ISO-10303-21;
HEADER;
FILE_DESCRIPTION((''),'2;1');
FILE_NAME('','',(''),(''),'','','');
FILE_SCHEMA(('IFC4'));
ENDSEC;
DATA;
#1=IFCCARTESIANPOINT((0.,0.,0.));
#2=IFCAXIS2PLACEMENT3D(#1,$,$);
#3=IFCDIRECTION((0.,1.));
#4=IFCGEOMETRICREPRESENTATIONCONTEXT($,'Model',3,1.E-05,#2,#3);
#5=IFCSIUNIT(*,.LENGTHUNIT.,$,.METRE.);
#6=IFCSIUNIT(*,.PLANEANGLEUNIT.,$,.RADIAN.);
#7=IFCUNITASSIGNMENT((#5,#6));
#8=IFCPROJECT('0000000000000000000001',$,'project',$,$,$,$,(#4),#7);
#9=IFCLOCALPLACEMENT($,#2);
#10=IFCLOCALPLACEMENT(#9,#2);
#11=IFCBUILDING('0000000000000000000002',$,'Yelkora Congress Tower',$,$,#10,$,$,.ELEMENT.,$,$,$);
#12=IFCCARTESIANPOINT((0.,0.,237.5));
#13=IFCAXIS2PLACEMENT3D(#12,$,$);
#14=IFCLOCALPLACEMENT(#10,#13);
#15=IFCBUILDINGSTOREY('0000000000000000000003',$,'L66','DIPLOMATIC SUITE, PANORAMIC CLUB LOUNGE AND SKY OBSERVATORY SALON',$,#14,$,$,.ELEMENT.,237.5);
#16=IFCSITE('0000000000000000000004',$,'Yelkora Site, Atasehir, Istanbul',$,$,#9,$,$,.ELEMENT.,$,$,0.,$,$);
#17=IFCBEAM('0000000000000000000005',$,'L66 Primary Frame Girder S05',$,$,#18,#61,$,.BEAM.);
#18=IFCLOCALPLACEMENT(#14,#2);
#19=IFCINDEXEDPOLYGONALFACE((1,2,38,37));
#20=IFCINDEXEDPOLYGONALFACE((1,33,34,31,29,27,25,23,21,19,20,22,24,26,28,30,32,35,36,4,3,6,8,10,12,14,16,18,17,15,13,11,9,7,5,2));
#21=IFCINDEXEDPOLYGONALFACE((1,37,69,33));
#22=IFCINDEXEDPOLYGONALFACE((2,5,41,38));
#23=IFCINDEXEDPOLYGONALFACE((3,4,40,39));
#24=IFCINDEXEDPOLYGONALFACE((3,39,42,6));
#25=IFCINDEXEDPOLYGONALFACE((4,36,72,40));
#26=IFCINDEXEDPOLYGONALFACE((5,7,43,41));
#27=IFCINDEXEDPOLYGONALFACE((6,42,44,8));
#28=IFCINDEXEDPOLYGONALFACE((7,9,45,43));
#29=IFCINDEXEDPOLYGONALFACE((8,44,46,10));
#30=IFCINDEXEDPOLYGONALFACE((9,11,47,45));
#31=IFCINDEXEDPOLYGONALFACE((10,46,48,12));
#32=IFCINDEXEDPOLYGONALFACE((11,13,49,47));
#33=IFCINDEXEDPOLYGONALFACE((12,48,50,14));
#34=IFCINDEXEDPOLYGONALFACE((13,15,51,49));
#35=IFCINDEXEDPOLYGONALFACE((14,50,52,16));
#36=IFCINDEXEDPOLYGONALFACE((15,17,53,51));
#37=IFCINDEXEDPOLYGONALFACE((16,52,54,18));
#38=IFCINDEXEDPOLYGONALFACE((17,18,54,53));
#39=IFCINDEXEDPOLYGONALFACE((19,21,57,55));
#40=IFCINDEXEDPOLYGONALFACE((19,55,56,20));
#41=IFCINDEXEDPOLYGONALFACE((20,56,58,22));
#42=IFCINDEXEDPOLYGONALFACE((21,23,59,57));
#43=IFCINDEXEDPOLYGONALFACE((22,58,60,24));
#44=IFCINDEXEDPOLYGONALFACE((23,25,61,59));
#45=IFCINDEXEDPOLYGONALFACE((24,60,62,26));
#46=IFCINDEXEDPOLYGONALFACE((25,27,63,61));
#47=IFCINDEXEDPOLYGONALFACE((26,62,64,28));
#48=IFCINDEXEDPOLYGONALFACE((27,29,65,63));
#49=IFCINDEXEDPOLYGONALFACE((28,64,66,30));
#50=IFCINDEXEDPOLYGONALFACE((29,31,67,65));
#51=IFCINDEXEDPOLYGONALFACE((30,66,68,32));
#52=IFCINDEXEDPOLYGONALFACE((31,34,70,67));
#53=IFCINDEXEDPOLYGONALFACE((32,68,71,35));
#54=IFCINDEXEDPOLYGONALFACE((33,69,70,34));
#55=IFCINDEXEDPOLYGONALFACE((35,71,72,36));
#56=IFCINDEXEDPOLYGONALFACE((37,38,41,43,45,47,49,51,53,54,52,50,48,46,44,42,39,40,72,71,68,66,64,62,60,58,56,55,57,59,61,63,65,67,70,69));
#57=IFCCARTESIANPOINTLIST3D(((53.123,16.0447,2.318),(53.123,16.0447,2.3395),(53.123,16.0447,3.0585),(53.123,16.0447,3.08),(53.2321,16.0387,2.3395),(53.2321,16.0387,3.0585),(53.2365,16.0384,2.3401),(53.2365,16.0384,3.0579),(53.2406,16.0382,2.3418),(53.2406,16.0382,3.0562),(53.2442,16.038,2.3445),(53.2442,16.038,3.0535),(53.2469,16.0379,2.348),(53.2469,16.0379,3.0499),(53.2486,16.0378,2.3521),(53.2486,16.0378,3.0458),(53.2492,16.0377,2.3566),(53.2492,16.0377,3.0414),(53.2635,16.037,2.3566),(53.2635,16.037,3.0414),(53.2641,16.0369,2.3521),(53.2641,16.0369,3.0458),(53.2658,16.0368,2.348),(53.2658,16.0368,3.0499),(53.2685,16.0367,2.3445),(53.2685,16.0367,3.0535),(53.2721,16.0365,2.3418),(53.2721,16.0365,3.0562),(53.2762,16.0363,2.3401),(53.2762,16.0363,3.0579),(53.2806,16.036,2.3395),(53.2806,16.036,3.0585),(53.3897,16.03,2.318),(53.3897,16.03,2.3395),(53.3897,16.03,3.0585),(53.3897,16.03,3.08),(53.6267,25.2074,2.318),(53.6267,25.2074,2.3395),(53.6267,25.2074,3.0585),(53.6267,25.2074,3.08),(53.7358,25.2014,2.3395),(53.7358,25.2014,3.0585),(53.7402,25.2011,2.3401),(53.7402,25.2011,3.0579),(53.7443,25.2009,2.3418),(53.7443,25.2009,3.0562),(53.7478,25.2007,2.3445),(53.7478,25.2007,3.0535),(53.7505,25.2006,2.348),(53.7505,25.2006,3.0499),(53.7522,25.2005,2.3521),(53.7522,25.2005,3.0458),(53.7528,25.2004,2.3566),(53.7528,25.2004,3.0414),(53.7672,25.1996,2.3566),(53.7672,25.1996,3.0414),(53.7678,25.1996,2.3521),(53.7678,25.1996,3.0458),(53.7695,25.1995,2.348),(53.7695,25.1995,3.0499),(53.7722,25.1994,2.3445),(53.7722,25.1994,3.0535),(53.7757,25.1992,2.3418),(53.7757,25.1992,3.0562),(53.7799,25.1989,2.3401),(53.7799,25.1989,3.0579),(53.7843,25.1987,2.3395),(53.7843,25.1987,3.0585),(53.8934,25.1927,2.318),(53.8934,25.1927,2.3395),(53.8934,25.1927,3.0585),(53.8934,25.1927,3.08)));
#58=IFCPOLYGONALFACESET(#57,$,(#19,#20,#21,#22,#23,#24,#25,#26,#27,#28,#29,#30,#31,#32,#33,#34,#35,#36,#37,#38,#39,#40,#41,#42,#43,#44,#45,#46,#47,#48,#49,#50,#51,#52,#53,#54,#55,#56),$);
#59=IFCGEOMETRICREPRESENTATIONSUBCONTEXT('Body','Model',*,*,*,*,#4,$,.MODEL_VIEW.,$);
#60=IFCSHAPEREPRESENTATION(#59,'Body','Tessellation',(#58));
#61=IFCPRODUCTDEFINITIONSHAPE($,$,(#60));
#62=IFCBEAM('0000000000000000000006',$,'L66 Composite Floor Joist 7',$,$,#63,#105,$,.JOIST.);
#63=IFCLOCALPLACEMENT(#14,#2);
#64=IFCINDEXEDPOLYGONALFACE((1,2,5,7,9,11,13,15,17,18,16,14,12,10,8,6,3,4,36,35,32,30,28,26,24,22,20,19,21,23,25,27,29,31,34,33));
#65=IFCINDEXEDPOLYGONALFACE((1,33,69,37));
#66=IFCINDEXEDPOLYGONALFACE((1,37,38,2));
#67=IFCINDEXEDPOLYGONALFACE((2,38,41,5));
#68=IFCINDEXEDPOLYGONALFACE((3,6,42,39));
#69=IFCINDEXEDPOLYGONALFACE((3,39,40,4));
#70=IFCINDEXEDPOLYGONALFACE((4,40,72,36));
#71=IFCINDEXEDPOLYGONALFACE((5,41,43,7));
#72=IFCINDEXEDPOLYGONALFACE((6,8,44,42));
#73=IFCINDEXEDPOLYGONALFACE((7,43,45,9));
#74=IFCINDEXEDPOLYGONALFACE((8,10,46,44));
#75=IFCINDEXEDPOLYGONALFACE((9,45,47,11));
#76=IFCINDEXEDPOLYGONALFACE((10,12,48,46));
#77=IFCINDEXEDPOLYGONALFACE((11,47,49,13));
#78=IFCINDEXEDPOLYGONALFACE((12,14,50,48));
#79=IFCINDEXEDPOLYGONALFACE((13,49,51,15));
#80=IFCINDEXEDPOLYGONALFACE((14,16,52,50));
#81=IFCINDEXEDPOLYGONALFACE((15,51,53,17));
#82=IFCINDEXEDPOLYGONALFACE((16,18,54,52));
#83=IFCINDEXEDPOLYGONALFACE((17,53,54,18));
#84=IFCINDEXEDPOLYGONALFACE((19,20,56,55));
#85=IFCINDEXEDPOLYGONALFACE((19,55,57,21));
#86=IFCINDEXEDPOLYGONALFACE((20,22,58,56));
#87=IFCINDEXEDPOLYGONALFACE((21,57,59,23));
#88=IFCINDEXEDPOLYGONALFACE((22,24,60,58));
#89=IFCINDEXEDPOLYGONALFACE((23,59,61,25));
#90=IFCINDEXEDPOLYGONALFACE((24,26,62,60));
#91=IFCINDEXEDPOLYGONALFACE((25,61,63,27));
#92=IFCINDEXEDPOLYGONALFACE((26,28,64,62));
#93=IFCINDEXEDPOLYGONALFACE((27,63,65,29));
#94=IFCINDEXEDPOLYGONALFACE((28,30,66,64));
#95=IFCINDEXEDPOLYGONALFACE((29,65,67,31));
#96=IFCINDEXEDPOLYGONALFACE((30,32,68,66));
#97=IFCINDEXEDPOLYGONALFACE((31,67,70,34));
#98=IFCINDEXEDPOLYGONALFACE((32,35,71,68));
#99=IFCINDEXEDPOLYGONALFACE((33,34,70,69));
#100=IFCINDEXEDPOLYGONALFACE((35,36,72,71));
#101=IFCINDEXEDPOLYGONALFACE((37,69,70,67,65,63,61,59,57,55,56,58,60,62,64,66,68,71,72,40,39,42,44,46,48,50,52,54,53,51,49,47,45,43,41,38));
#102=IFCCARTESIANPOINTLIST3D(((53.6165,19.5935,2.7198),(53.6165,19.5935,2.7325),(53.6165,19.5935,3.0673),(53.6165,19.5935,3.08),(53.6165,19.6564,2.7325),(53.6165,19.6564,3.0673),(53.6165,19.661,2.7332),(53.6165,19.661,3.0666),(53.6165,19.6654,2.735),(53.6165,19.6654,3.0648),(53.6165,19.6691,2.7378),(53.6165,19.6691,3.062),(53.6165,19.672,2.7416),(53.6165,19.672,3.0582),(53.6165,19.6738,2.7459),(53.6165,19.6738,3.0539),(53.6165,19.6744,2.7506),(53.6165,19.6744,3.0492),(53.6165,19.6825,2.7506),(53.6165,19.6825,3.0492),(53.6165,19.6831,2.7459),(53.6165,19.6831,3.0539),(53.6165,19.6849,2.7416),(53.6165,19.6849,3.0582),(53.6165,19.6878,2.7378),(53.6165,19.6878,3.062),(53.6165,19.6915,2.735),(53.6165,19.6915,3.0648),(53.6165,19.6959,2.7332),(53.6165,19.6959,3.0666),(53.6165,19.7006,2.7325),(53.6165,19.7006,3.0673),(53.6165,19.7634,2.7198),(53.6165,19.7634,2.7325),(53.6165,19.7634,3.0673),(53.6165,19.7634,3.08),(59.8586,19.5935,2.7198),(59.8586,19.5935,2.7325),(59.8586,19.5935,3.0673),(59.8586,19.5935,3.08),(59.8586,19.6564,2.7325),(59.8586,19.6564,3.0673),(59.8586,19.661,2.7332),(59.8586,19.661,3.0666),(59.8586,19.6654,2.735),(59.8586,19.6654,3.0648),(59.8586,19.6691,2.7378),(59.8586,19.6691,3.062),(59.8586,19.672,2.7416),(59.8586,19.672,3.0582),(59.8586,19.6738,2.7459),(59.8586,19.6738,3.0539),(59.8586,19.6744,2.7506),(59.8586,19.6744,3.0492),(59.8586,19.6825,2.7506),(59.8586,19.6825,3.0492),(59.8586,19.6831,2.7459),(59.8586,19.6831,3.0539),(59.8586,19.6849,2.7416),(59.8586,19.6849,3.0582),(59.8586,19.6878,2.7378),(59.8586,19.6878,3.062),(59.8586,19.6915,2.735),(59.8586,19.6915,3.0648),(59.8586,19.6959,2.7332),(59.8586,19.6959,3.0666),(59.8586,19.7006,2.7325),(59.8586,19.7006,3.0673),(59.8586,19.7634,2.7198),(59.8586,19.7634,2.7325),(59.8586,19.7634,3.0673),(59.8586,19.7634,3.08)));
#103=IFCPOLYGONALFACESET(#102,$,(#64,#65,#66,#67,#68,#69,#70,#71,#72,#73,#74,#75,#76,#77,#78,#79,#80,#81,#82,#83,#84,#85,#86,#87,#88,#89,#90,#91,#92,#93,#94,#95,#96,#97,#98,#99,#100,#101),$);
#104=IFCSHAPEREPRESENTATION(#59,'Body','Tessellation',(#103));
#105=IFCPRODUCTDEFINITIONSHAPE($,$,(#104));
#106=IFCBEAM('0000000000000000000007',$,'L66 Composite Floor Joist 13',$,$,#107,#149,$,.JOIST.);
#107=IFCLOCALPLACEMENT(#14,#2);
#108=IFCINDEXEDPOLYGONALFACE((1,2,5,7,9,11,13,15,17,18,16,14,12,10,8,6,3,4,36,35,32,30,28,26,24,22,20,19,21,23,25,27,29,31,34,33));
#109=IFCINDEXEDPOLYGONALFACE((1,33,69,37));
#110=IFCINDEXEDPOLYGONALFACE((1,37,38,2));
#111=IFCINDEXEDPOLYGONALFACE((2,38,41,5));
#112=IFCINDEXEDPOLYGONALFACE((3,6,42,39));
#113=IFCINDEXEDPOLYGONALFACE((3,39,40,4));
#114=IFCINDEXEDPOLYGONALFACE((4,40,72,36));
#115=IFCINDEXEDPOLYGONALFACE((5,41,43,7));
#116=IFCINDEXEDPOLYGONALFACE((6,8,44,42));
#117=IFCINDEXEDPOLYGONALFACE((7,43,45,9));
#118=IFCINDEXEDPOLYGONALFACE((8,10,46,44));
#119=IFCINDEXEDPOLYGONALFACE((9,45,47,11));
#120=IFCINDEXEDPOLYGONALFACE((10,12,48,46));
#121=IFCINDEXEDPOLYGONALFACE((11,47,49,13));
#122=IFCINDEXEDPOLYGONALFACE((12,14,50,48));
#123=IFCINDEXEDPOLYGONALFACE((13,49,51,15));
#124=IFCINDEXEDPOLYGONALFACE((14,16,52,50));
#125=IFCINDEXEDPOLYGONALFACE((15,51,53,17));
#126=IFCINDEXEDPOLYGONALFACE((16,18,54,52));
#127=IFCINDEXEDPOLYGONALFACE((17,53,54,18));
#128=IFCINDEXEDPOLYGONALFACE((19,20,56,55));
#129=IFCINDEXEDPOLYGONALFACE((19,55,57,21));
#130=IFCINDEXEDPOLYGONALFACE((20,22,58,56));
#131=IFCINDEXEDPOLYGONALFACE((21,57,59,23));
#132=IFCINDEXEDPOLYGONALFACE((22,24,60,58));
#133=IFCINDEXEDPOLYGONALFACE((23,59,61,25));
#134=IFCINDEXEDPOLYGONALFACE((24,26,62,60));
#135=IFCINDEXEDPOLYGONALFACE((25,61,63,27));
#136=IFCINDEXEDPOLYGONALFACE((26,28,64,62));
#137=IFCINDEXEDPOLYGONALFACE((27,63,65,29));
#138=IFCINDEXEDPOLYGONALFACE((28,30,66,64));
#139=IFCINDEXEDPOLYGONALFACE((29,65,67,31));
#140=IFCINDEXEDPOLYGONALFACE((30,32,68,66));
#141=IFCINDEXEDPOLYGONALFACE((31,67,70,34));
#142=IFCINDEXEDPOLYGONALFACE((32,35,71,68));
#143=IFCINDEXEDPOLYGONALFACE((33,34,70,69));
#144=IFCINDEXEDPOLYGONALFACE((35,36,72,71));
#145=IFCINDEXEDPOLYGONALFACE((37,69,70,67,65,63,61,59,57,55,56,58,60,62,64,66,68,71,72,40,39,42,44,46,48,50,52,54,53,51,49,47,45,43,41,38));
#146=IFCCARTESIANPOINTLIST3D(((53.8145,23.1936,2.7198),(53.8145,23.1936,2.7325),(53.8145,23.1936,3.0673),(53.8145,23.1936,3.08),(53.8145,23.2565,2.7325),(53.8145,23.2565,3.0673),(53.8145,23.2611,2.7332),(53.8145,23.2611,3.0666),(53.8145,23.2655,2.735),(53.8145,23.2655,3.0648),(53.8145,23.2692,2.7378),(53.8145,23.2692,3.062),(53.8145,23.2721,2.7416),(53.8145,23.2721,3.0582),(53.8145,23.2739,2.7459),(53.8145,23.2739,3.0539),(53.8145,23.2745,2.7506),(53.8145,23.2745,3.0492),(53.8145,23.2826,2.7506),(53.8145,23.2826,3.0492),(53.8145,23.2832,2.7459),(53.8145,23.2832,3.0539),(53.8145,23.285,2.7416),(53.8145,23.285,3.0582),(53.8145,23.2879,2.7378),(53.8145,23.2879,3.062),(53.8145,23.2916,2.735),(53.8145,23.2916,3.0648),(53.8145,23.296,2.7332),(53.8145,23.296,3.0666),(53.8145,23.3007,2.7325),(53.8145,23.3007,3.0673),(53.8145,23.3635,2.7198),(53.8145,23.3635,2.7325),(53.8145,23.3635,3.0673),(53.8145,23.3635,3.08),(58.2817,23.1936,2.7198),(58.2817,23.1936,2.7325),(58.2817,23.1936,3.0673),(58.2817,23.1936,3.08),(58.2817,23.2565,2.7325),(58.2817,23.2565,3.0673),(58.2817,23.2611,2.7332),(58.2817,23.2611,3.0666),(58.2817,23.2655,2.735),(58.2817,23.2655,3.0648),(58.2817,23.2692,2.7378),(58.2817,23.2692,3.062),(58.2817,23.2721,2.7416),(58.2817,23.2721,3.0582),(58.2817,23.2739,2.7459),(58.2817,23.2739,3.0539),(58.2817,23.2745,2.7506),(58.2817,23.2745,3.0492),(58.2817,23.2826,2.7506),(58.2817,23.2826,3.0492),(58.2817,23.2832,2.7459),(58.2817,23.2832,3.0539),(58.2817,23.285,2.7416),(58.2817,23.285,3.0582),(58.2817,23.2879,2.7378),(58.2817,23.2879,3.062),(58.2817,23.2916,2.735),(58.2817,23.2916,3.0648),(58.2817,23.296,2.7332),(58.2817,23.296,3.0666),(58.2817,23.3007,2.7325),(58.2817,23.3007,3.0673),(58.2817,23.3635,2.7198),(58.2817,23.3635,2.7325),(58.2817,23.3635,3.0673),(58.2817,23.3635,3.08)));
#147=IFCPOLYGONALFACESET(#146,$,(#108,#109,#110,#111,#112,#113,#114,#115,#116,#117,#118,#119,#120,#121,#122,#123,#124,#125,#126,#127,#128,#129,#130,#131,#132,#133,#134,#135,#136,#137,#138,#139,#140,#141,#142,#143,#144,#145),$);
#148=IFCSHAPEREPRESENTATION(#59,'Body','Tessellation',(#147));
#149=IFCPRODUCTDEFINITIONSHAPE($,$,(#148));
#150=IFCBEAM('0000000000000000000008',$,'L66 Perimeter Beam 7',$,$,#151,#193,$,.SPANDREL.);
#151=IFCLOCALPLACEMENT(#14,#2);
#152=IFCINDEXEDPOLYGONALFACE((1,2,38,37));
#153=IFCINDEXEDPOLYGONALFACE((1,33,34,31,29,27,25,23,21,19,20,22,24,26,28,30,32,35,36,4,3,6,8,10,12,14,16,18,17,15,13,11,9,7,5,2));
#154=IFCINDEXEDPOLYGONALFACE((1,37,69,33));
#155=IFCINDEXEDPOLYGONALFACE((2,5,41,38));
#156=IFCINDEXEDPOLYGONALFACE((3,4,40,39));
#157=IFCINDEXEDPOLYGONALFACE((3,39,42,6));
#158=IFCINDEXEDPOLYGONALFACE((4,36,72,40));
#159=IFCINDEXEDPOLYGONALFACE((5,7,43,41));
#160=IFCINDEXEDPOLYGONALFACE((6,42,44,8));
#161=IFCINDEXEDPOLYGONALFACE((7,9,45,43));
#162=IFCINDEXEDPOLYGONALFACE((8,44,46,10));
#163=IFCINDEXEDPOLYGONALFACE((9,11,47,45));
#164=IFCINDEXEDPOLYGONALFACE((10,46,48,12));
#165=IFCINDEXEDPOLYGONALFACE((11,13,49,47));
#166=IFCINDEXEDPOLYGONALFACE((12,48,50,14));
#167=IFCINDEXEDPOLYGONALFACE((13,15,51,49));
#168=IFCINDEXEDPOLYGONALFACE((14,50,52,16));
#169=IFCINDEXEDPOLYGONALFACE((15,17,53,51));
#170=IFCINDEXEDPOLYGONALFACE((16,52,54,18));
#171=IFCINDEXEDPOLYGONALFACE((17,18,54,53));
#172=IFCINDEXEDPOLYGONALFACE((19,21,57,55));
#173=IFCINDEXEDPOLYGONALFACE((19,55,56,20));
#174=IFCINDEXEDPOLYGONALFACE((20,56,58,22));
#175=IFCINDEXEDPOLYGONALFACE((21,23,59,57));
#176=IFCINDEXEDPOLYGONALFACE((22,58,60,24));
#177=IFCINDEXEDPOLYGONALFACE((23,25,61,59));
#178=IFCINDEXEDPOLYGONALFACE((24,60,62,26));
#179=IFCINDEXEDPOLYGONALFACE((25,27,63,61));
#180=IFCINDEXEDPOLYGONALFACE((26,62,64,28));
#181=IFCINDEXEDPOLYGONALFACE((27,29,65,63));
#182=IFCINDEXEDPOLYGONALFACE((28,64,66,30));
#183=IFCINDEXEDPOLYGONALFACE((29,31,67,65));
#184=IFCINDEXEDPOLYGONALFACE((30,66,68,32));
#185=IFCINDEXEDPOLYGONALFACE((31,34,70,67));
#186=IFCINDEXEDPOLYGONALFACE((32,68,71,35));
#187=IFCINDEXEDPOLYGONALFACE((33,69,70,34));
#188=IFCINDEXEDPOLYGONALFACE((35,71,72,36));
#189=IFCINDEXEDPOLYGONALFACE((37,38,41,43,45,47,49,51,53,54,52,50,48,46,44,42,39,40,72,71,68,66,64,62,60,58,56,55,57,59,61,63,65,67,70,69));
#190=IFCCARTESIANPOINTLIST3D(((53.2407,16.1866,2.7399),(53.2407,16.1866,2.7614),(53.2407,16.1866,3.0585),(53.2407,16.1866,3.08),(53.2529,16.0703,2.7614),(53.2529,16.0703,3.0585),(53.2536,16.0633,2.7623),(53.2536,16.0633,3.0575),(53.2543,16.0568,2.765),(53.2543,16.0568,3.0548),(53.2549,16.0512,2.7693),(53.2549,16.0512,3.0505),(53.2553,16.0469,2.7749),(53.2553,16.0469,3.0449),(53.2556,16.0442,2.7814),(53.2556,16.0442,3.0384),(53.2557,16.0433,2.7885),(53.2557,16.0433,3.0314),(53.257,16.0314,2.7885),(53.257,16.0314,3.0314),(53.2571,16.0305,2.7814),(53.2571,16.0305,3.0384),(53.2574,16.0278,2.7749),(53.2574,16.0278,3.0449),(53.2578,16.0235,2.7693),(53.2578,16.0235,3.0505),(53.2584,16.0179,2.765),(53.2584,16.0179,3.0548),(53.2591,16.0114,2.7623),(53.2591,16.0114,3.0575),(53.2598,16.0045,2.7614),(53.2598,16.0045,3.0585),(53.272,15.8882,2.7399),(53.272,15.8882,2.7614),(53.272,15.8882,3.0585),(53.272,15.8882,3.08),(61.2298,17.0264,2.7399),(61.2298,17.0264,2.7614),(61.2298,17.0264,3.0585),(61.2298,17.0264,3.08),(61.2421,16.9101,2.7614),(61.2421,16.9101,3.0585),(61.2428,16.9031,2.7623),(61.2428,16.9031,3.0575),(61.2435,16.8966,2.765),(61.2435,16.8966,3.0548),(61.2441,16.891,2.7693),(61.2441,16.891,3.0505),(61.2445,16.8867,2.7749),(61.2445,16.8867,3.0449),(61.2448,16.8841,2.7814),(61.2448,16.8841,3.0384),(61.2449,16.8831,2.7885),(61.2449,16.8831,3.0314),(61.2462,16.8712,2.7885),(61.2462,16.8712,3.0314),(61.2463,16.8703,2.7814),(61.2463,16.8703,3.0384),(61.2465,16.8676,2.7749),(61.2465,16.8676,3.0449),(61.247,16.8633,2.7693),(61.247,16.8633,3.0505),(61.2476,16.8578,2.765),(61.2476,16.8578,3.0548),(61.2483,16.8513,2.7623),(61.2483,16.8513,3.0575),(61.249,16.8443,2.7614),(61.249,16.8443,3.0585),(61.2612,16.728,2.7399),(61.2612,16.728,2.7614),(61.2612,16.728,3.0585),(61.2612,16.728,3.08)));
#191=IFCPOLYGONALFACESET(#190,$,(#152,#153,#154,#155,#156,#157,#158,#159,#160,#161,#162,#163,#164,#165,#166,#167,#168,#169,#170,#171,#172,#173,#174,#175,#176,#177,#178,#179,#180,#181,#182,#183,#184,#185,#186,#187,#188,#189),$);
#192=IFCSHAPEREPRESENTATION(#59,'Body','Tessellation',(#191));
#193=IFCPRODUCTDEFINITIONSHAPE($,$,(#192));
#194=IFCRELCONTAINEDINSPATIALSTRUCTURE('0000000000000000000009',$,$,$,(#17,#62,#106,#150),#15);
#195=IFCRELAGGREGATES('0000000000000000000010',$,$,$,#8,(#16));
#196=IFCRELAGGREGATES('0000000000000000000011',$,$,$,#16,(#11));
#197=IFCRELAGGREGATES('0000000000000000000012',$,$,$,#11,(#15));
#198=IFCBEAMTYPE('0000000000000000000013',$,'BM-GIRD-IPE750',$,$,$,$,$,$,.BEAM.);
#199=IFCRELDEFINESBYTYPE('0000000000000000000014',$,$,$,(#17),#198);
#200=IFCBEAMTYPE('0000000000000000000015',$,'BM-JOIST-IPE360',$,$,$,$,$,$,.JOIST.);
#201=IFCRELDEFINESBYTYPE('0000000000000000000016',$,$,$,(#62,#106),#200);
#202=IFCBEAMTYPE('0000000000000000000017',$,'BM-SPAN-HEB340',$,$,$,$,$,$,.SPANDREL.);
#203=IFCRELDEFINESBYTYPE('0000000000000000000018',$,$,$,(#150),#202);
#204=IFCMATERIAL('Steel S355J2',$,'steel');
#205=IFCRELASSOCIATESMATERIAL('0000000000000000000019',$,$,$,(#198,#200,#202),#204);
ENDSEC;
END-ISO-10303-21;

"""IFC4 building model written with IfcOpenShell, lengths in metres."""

from ifc_helpers import new_model, si_unit, direction, frame, origin, origin_2d, place, context, subcontext, project, spatial, i_section, extrude, material, material_profile, profile_set, type_object, element, save


model = new_model("IFC4")

# Units and contexts
model_context = context("Model", 3, precision=1e-05, world=origin(), true_north=direction((0.0, 1.0)))
body_context = subcontext(model_context, "Body", "Model", "MODEL_VIEW")
ifc_project = project(units=[si_unit("LENGTHUNIT", "METRE"), si_unit("PLANEANGLEUNIT", "RADIAN")], contexts=[model_context])

# Site, building, storey
site_placement = place(None, origin())
site = spatial("IfcSite", under=ifc_project, at=site_placement, Name="Yelkora Site, Atasehir, Istanbul", CompositionType="ELEMENT", RefElevation=0.0)
building_placement = place(site_placement, origin())
building = spatial("IfcBuilding", under=site, at=building_placement, Name="Yelkora Congress Tower", CompositionType="ELEMENT")
storey_placement = place(building_placement, frame((0.0, 0.0, 237.5)))
storey = spatial("IfcBuildingStorey", under=building, at=storey_placement, Name="L66", Description="DIPLOMATIC SUITE, PANORAMIC CLUB LOUNGE AND SKY OBSERVATORY SALON", CompositionType="ELEMENT", Elevation=237.5)

# Shared definitions
ifc_material_1 = material(Name="Steel S355J2", Category="steel")

# Beams
ifc_material_profile_1 = material_profile(ifc_material_1, i_section(OverallWidth=0.2671, OverallDepth=0.762, WebThickness=0.0144, FlangeThickness=0.0215, FilletRadius=0.0171, at=origin_2d()), Name="IPE 750x173")
ifc_profile_set_1 = profile_set([ifc_material_profile_1], Name="Steel S355J2")
beam_type_1 = type_object("IfcBeamType", Name="BM-GIRD-IPE750", PredefinedType="BEAM", material=ifc_profile_set_1)
beam_1_placement = place(storey_placement, frame((53.2563, 16.0374, 2.699), z_axis=(0.054886, 0.998493, 0.0), x_axis=(-0.998493, 0.054886, 0.0)))
element("IfcBeam", 1, at=beam_1_placement, inside=storey, type_object=beam_type_1, Name="L66 Primary Frame Girder S05", PredefinedType="BEAM", context=body_context, shape_type="SweptSolid", body=[
    extrude(i_section(OverallWidth=0.2671, OverallDepth=0.762, WebThickness=0.0144, FlangeThickness=0.0215, FilletRadius=0.0171, at=origin_2d()), origin(), (0.0, 0.0, 1.0), 9.1765),
])
ifc_material_profile_2 = material_profile(ifc_material_1, i_section(OverallWidth=0.1699, OverallDepth=0.3601, WebThickness=0.0081, FlangeThickness=0.0127, FilletRadius=0.0181, at=origin_2d()), Name="IPE 360")
ifc_profile_set_2 = profile_set([ifc_material_profile_2], Name="Steel S355J2")
beam_type_2 = type_object("IfcBeamType", Name="BM-JOIST-IPE360", PredefinedType="JOIST", material=ifc_profile_set_2)
beam_2_placement = place(storey_placement, frame((53.6165, 19.6785, 2.8999), z_axis=(1.0, 0.0, 0.0), x_axis=(0.0, 1.0, 0.0)))
element("IfcBeam", 2, at=beam_2_placement, inside=storey, type_object=beam_type_2, Name="L66 Composite Floor Joist 7", PredefinedType="JOIST", context=body_context, shape_type="SweptSolid", body=[
    extrude(i_section(OverallWidth=0.1699, OverallDepth=0.3601, WebThickness=0.0081, FlangeThickness=0.0127, FilletRadius=0.0181, at=origin_2d()), origin(), (0.0, 0.0, 1.0), 6.2422),
])
beam_3_placement = place(storey_placement, frame((53.8145, 23.2786, 2.8999), z_axis=(1.0, 0.0, 0.0), x_axis=(0.0, 1.0, 0.0)))
element("IfcBeam", 3, at=beam_3_placement, inside=storey, type_object=beam_type_2, Name="L66 Composite Floor Joist 13", PredefinedType="JOIST", context=body_context, shape_type="SweptSolid", body=[
    extrude(i_section(OverallWidth=0.1699, OverallDepth=0.3601, WebThickness=0.0081, FlangeThickness=0.0127, FilletRadius=0.0181, at=origin_2d()), origin(), (0.0, 0.0, 1.0), 4.4673),
])
ifc_material_profile_3 = material_profile(ifc_material_1, i_section(OverallWidth=0.3, OverallDepth=0.3401, WebThickness=0.012, FlangeThickness=0.0215, FilletRadius=0.0271, at=origin_2d()), Name="HEB 340")
ifc_profile_set_3 = profile_set([ifc_material_profile_3], Name="Steel S355J2")
beam_type_3 = type_object("IfcBeamType", Name="BM-SPAN-HEB340", PredefinedType="SPANDREL", material=ifc_profile_set_3)
beam_4_placement = place(storey_placement, frame((53.2563, 16.0374, 2.9099), z_axis=(0.99452, 0.104546, 0.0), x_axis=(-0.104546, 0.99452, 0.0)))
element("IfcBeam", 4, at=beam_4_placement, inside=storey, type_object=beam_type_3, Name="L66 Perimeter Beam 7", PredefinedType="SPANDREL", context=body_context, shape_type="SweptSolid", body=[
    extrude(i_section(OverallWidth=0.3, OverallDepth=0.3401, WebThickness=0.012, FlangeThickness=0.0215, FilletRadius=0.0271, at=origin_2d()), origin(), (0.0, 0.0, 1.0), 8.0332),
])

save(model, "model.ifc")
